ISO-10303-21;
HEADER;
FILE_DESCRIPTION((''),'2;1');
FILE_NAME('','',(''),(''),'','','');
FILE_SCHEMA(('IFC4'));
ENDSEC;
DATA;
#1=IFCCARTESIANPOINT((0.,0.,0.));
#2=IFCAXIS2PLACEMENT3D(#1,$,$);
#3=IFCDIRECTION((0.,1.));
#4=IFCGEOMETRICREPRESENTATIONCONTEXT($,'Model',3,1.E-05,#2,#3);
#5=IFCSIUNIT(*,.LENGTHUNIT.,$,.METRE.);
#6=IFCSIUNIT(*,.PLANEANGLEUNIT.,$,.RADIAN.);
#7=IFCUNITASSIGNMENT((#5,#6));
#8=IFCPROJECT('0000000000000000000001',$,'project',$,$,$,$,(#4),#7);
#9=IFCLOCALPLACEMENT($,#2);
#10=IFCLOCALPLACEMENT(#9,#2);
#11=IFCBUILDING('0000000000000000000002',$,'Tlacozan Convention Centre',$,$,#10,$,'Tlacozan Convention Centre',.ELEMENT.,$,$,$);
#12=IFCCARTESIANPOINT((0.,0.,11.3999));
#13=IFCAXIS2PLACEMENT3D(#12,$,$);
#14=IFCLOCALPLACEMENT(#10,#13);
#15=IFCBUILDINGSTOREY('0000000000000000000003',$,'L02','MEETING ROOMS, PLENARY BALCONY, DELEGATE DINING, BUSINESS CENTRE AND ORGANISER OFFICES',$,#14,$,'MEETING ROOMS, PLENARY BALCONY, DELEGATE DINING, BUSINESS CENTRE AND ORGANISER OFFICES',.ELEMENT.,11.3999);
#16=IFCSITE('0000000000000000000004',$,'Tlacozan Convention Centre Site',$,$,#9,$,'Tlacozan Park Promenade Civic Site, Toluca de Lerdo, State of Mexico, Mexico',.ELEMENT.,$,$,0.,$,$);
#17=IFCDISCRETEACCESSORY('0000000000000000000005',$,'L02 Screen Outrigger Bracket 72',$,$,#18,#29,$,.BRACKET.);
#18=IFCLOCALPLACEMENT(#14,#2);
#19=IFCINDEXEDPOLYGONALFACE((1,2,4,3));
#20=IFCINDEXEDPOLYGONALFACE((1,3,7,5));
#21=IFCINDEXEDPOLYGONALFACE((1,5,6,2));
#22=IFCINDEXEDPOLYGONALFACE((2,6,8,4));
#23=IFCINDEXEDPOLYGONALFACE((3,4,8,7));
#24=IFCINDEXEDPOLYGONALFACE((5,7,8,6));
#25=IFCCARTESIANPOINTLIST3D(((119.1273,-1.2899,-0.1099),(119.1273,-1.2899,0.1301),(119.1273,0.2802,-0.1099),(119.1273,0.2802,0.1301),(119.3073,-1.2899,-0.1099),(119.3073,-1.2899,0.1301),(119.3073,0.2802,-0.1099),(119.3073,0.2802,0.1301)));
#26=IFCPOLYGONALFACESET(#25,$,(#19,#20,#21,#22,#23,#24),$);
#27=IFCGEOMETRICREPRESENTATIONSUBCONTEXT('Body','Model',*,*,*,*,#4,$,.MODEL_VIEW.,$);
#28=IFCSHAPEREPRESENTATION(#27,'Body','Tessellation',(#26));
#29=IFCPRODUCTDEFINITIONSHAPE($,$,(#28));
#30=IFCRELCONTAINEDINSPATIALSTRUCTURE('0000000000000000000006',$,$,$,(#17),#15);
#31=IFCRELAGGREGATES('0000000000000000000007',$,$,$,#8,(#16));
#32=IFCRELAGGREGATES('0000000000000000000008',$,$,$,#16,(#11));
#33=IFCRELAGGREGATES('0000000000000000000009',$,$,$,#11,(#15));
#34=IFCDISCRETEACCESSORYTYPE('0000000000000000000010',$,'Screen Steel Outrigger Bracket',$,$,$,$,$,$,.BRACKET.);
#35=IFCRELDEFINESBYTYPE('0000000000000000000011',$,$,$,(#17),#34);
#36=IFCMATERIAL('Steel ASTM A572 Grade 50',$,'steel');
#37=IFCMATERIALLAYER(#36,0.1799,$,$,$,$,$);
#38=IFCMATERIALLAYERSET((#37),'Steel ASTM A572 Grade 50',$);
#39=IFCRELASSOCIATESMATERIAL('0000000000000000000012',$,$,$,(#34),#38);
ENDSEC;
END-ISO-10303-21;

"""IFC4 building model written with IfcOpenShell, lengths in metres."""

from ifc_helpers import new_model, si_unit, direction, frame, origin, origin_2d, place, context, subcontext, project, spatial, rectangle, extrude, material, layer, layer_set, type_object, element, save


model = new_model("IFC4")

# Units and contexts
model_context = context("Model", 3, precision=1e-05, world=origin(), true_north=direction((0.0, 1.0)))
body_context = subcontext(model_context, "Body", "Model", "MODEL_VIEW")
ifc_project = project(units=[si_unit("LENGTHUNIT", "METRE"), si_unit("PLANEANGLEUNIT", "RADIAN")], contexts=[model_context])

# Site, building, storey
site_placement = place(None, origin())
site = spatial("IfcSite", under=ifc_project, at=site_placement, Name="Tlacozan Convention Centre Site", LongName="Tlacozan Park Promenade Civic Site, Toluca de Lerdo, State of Mexico, Mexico", CompositionType="ELEMENT", RefElevation=0.0)
building_placement = place(site_placement, origin())
building = spatial("IfcBuilding", under=site, at=building_placement, Name="Tlacozan Convention Centre", LongName="Tlacozan Convention Centre", CompositionType="ELEMENT")
storey_placement = place(building_placement, frame((0.0, 0.0, 11.3999)))
storey = spatial("IfcBuildingStorey", under=building, at=storey_placement, Name="L02", Description="MEETING ROOMS, PLENARY BALCONY, DELEGATE DINING, BUSINESS CENTRE AND ORGANISER OFFICES", LongName="MEETING ROOMS, PLENARY BALCONY, DELEGATE DINING, BUSINESS CENTRE AND ORGANISER OFFICES", CompositionType="ELEMENT", Elevation=11.3999)

# Discrete accessory
ifc_material_1 = material(Name="Steel ASTM A572 Grade 50", Category="steel")
ifc_layer_1 = layer(ifc_material_1, 0.1799)
ifc_layer_set_1 = layer_set([ifc_layer_1], Name="Steel ASTM A572 Grade 50")
discrete_accessory_type = type_object("IfcDiscreteAccessoryType", Name="Screen Steel Outrigger Bracket", PredefinedType="BRACKET", material=ifc_layer_set_1)
discrete_accessory_placement = place(storey_placement, frame((119.2173, -0.5049, -0.1099), z_axis=(0.0, 0.0, 1.0), x_axis=(0.0, 1.0, 0.0)))
element("IfcDiscreteAccessory", 1, at=discrete_accessory_placement, inside=storey, type_object=discrete_accessory_type, Name="L02 Screen Outrigger Bracket 72", PredefinedType="BRACKET", context=body_context, shape_type="SweptSolid", body=[
    extrude(rectangle(XDim=1.5701, YDim=0.1799, at=origin_2d()), origin(), (0.0, 0.0, 1.0), 0.24),
])

save(model, "model.ifc")
